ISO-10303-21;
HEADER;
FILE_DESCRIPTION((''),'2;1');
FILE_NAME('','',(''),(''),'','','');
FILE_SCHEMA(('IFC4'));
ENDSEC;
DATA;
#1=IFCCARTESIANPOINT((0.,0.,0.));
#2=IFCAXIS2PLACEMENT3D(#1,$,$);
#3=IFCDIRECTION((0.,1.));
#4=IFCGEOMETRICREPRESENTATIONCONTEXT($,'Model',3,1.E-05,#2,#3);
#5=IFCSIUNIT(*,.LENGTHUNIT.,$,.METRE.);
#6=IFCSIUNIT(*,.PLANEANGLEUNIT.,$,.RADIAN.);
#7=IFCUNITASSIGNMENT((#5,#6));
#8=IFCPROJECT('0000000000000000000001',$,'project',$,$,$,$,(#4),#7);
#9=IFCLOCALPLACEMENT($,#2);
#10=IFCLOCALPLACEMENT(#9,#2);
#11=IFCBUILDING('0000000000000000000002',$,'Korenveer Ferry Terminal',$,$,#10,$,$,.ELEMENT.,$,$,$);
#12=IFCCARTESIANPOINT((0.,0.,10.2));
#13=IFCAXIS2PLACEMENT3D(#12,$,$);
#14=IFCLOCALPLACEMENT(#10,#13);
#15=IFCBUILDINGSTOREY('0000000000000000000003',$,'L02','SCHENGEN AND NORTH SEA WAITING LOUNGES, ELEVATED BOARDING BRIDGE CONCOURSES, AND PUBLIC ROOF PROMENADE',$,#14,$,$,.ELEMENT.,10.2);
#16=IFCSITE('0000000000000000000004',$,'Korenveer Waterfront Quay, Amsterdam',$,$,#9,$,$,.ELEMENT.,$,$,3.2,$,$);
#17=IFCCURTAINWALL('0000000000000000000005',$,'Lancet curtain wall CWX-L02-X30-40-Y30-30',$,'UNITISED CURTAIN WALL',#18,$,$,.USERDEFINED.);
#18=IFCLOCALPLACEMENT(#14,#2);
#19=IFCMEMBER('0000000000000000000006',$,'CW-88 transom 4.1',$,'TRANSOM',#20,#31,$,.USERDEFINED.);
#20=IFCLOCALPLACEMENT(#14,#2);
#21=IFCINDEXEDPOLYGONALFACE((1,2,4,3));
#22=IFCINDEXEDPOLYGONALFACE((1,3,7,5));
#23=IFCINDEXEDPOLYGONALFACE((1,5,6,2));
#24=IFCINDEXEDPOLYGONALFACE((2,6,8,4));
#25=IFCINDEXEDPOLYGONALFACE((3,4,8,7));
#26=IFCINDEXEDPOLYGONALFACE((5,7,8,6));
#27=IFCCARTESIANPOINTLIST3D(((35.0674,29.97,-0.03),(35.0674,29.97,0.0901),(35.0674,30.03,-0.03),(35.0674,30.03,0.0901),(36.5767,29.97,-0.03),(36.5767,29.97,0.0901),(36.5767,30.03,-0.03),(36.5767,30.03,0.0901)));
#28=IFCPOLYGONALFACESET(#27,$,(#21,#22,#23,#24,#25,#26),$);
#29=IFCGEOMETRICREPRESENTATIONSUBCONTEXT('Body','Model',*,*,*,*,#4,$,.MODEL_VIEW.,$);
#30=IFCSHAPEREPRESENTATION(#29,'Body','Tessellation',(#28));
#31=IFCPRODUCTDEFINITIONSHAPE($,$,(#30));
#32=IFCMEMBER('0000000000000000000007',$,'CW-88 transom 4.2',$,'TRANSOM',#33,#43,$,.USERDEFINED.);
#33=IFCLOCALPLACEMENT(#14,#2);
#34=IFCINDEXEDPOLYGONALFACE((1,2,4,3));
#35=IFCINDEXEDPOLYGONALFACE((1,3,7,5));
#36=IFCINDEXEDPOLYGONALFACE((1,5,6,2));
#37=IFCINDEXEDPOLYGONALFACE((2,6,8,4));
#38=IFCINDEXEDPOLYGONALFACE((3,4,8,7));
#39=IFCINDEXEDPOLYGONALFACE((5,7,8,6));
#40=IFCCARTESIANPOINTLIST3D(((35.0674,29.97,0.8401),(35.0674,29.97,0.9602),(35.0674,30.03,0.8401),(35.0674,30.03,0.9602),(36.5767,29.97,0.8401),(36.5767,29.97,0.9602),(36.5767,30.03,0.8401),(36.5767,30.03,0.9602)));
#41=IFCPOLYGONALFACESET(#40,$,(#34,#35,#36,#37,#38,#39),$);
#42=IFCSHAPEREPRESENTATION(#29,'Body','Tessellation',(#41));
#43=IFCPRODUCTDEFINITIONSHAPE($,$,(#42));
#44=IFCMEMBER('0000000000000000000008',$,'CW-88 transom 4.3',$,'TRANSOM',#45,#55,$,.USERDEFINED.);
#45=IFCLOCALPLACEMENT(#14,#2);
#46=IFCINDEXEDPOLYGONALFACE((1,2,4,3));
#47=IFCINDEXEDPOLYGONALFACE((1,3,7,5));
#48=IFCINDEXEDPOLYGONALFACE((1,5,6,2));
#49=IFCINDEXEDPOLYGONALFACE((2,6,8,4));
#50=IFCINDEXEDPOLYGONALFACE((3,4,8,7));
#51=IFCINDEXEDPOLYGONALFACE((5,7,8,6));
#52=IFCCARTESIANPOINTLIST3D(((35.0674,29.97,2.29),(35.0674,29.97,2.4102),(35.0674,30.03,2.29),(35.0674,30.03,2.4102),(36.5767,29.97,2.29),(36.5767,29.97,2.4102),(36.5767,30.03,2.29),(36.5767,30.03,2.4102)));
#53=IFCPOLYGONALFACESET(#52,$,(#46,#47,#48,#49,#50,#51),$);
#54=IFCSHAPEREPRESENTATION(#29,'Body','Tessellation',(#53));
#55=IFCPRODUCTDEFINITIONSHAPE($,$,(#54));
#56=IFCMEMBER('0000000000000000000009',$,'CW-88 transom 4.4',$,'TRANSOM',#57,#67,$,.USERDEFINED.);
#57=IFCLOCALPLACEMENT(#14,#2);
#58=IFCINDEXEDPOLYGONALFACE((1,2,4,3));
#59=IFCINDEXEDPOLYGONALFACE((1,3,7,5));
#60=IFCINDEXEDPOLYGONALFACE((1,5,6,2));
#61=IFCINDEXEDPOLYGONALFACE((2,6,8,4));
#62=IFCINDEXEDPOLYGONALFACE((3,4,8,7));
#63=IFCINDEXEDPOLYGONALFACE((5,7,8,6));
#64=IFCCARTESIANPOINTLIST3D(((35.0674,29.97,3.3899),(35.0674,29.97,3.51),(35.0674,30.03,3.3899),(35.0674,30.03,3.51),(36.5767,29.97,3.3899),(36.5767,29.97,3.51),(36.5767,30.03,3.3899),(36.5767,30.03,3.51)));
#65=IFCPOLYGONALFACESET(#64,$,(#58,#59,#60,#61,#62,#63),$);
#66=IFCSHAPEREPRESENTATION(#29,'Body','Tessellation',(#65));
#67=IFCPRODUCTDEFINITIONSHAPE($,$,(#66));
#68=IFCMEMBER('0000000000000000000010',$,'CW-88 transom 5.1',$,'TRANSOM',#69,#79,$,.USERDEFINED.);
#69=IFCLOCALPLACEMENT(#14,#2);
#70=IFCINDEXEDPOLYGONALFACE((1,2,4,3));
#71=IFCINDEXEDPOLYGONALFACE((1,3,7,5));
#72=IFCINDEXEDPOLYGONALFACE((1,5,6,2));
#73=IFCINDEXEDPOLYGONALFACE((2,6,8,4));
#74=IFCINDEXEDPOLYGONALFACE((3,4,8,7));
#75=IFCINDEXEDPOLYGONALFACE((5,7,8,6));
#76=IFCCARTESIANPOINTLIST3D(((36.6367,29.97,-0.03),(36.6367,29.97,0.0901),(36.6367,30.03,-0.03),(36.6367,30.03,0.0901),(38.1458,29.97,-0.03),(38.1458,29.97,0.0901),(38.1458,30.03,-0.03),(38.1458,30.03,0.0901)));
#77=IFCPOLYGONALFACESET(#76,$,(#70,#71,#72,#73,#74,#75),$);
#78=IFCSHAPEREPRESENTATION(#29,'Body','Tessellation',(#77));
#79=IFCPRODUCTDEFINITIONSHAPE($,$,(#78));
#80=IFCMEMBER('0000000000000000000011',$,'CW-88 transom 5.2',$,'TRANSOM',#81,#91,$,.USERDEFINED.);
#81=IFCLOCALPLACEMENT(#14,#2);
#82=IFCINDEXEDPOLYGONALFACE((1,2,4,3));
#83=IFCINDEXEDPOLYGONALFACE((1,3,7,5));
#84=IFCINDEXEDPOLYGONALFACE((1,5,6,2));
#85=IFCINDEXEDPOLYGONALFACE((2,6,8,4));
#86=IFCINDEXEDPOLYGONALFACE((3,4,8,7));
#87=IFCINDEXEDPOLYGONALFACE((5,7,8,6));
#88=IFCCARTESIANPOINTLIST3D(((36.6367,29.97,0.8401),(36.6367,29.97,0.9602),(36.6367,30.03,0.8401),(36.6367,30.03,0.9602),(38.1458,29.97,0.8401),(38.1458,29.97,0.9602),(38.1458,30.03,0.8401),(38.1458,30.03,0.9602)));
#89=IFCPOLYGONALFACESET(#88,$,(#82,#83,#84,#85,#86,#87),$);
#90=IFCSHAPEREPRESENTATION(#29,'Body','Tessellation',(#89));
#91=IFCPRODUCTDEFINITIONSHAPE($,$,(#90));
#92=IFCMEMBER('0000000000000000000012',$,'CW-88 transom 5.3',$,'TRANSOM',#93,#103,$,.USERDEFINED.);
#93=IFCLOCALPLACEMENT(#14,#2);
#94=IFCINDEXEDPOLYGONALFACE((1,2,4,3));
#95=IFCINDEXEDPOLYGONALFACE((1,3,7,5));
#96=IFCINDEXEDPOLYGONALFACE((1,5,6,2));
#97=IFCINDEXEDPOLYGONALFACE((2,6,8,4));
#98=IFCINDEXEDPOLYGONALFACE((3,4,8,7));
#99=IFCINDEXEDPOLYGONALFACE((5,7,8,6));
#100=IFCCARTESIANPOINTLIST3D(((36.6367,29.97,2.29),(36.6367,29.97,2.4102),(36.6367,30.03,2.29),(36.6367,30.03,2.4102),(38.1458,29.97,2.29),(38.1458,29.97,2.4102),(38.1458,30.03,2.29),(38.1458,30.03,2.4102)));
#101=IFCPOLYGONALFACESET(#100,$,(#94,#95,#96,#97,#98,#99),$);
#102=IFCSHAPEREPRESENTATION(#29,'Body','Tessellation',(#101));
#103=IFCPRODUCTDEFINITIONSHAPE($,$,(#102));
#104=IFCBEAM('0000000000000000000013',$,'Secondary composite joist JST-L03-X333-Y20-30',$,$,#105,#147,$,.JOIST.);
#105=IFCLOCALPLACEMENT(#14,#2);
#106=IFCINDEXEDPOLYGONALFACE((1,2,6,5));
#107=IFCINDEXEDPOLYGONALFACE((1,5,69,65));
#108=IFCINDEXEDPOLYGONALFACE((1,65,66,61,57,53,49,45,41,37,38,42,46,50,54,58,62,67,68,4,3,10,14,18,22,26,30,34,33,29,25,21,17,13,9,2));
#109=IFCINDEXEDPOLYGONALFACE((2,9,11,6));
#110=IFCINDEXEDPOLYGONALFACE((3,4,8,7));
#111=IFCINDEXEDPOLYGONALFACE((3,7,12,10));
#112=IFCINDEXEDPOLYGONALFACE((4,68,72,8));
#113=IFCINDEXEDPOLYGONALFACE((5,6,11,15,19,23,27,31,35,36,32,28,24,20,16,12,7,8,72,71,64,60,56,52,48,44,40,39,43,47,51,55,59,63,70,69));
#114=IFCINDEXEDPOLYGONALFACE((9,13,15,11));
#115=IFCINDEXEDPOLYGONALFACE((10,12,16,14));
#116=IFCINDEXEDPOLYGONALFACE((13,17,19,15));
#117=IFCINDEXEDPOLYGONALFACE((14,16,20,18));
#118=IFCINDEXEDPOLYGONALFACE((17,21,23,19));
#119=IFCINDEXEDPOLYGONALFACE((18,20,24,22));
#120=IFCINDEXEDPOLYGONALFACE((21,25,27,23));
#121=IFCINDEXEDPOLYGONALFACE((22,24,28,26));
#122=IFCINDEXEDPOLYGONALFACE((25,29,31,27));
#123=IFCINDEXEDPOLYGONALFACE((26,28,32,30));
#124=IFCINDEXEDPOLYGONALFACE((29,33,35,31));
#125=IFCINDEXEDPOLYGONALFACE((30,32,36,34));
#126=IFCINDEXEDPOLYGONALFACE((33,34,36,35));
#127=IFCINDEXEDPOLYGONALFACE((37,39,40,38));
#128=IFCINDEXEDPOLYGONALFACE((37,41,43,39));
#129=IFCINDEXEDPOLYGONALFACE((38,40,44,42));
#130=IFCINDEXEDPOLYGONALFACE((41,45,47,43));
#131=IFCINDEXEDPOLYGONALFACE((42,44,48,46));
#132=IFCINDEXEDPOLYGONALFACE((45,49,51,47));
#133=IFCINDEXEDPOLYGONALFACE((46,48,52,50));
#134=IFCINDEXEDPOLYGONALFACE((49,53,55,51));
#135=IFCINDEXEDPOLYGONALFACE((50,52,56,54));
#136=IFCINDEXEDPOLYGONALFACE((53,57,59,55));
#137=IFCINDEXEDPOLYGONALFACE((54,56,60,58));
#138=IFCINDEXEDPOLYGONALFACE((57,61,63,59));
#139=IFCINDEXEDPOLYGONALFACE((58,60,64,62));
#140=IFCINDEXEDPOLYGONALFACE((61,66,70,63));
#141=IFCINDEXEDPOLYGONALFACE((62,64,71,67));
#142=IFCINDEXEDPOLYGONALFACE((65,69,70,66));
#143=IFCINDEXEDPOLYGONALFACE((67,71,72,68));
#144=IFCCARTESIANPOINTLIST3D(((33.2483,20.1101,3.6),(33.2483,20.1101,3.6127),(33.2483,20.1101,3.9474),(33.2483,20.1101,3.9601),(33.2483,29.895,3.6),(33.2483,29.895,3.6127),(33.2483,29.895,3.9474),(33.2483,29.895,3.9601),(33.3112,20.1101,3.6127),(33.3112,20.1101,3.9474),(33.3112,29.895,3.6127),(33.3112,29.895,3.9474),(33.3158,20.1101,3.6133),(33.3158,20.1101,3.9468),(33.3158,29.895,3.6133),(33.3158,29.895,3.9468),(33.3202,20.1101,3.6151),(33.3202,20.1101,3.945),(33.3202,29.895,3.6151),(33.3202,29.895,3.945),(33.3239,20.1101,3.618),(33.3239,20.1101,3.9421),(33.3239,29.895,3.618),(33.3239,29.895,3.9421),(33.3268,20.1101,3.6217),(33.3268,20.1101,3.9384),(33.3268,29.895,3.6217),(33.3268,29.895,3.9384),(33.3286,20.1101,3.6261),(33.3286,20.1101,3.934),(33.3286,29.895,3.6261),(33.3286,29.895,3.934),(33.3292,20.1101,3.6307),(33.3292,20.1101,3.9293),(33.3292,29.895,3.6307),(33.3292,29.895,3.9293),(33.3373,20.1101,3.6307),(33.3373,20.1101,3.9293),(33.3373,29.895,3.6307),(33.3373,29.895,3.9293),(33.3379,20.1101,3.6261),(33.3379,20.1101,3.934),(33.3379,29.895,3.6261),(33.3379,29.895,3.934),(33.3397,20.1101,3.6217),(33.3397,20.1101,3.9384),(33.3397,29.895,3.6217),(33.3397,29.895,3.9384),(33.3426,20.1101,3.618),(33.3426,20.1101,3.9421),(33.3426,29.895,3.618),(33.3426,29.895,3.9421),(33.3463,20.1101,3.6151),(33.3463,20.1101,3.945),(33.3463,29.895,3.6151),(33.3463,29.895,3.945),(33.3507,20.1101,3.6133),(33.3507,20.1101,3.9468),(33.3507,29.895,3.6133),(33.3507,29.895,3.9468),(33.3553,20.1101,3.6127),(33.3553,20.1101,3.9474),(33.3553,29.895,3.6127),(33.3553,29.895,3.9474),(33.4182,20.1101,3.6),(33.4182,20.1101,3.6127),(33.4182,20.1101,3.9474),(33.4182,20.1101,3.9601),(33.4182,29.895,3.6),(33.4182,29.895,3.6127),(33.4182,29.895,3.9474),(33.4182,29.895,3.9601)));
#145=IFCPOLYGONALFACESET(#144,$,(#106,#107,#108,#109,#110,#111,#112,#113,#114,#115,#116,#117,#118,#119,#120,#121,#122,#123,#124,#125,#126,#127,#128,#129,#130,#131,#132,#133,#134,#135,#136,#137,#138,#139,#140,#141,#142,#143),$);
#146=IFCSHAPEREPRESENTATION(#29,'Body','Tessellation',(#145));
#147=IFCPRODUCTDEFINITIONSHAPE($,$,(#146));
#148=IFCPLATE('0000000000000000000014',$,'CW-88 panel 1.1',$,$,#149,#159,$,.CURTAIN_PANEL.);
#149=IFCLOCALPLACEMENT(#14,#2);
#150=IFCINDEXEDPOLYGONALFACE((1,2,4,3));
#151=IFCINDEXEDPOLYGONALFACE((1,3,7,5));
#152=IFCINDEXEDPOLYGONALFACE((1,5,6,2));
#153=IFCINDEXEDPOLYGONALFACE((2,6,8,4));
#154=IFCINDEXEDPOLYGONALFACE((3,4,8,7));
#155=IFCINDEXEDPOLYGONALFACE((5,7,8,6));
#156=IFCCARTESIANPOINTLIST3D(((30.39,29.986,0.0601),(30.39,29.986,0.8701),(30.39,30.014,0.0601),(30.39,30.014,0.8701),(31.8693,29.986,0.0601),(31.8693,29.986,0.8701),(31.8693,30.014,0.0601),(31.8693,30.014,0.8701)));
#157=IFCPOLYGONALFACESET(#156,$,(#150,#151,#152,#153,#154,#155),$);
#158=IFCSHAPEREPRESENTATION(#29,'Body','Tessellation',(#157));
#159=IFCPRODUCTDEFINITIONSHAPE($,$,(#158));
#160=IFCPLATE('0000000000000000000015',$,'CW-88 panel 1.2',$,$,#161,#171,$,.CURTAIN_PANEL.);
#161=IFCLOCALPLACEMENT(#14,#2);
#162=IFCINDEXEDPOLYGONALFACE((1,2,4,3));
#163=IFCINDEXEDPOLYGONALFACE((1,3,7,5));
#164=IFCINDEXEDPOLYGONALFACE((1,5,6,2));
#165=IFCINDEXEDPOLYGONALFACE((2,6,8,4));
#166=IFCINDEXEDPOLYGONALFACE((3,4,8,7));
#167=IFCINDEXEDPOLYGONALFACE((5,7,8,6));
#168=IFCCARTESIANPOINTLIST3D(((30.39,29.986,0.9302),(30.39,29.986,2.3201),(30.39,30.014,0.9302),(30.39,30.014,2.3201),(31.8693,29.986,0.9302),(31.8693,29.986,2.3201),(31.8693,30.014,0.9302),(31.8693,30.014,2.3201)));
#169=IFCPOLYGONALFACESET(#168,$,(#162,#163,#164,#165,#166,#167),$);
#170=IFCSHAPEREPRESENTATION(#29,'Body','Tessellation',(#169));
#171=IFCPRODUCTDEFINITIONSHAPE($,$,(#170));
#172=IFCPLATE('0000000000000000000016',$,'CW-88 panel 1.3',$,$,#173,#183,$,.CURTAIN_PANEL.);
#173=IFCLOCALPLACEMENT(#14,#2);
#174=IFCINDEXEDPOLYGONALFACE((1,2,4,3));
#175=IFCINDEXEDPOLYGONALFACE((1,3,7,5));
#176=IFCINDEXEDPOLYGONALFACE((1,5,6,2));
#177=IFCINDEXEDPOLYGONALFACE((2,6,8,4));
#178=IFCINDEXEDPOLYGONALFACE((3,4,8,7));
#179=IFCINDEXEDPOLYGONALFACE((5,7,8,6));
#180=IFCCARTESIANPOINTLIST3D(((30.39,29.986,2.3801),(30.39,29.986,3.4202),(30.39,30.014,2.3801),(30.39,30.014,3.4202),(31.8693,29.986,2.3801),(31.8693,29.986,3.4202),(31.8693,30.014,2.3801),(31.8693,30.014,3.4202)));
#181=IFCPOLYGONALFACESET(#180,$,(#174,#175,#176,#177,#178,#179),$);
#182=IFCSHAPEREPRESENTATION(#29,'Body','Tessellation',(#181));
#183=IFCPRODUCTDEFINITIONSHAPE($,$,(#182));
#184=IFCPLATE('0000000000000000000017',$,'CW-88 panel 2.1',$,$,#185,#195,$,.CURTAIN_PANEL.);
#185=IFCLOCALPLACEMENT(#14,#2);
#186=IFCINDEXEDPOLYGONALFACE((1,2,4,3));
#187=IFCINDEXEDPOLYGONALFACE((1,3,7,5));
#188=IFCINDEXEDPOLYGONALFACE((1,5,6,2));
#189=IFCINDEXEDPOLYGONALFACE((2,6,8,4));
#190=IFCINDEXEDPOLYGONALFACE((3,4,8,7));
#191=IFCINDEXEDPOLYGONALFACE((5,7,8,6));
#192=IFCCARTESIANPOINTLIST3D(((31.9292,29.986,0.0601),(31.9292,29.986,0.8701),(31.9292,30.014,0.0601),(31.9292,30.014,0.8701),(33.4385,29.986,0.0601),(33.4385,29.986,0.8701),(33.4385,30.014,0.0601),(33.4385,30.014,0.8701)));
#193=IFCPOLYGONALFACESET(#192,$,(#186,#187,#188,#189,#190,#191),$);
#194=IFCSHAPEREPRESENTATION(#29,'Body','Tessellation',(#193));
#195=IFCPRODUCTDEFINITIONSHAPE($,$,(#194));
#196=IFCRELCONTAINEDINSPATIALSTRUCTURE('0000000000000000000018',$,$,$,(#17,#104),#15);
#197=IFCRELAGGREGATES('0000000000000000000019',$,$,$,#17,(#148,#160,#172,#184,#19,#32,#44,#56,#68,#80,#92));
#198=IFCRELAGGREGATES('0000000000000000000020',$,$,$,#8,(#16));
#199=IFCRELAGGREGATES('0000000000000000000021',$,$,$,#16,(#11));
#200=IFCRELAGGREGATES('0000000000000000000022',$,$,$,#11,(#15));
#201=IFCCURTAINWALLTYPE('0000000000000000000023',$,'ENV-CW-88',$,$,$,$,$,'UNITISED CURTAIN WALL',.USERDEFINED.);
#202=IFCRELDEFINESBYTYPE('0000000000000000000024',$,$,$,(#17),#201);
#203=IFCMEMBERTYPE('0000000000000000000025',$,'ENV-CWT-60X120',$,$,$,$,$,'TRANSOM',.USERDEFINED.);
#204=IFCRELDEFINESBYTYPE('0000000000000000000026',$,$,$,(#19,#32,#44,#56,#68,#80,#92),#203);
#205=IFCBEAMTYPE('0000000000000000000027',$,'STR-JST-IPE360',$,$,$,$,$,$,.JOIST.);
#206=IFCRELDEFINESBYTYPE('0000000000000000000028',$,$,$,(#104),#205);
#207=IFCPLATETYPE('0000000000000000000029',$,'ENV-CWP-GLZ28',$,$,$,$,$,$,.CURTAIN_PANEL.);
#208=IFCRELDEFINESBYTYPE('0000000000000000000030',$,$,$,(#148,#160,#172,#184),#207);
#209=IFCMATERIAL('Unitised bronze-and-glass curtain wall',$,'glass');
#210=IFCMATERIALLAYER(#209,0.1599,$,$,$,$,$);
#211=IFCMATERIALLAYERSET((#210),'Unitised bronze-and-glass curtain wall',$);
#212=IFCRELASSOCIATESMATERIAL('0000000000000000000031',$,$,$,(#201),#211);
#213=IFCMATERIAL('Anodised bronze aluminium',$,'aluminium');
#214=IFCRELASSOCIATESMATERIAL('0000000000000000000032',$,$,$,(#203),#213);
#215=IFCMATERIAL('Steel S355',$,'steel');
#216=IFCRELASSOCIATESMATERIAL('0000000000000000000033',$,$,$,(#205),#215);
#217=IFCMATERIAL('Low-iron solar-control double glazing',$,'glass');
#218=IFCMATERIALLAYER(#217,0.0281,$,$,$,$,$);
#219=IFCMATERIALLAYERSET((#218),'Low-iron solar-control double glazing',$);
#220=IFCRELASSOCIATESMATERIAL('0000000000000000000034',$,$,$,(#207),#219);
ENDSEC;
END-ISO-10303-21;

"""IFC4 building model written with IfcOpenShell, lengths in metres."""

from ifc_helpers import new_model, si_unit, direction, frame, origin, origin_2d, place, context, subcontext, project, spatial, rectangle, i_section, extrude, material, layer, layer_set, material_profile, profile_set, type_object, element, aggregate, save


model = new_model("IFC4")

# Units and contexts
model_context = context("Model", 3, precision=1e-05, world=origin(), true_north=direction((0.0, 1.0)))
body_context = subcontext(model_context, "Body", "Model", "MODEL_VIEW")
ifc_project = project(units=[si_unit("LENGTHUNIT", "METRE"), si_unit("PLANEANGLEUNIT", "RADIAN")], contexts=[model_context])

# Site, building, storey
site_placement = place(None, origin())
site = spatial("IfcSite", under=ifc_project, at=site_placement, Name="Korenveer Waterfront Quay, Amsterdam", CompositionType="ELEMENT", RefElevation=3.2)
building_placement = place(site_placement, origin())
building = spatial("IfcBuilding", under=site, at=building_placement, Name="Korenveer Ferry Terminal", CompositionType="ELEMENT")
storey_placement = place(building_placement, frame((0.0, 0.0, 10.2)))
storey = spatial("IfcBuildingStorey", under=building, at=storey_placement, Name="L02", Description="SCHENGEN AND NORTH SEA WAITING LOUNGES, ELEVATED BOARDING BRIDGE CONCOURSES, AND PUBLIC ROOF PROMENADE", CompositionType="ELEMENT", Elevation=10.2)

# Curtain wall, members
ifc_material_1 = material(Name="Unitised bronze-and-glass curtain wall", Category="glass")
ifc_layer_1 = layer(ifc_material_1, 0.1599)
ifc_layer_set_1 = layer_set([ifc_layer_1], Name="Unitised bronze-and-glass curtain wall")
curtain_wall_type = type_object("IfcCurtainWallType", Name="ENV-CW-88", ElementType="UNITISED CURTAIN WALL", PredefinedType="USERDEFINED", material=ifc_layer_set_1)
curtain_wall_placement = place(storey_placement, frame((30.3301, 30.0, 0.0)))
curtain_wall = element("IfcCurtainWall", 1, at=curtain_wall_placement, inside=storey, type_object=curtain_wall_type, Name="Lancet curtain wall CWX-L02-X30-40-Y30-30", ObjectType="UNITISED CURTAIN WALL", PredefinedType="USERDEFINED")
ifc_material_2 = material(Name="Anodised bronze aluminium", Category="aluminium")
ifc_material_profile_1 = material_profile(ifc_material_2, rectangle(XDim=0.0601, YDim=0.1201, at=origin_2d()), Name="ALU 60x120")
ifc_profile_set_1 = profile_set([ifc_material_profile_1], Name="Anodised bronze aluminium")
member_type_1 = type_object("IfcMemberType", Name="ENV-CWT-60X120", ElementType="TRANSOM", PredefinedType="USERDEFINED", material=ifc_profile_set_1)
member_1_placement = place(storey_placement, frame((35.0674, 30.0, 0.03), z_axis=(1.0, 0.0, 0.0), x_axis=(0.0, 1.0, 0.0)))
member_1 = element("IfcMember", 2, at=member_1_placement, type_object=member_type_1, Name="CW-88 transom 4.1", ObjectType="TRANSOM", PredefinedType="USERDEFINED", context=body_context, shape_type="SweptSolid", body=[
    extrude(rectangle(XDim=0.0601, YDim=0.1201, at=origin_2d()), origin(), (0.0, 0.0, 1.0), 1.5093),
])
member_2_placement = place(storey_placement, frame((35.0674, 30.0, 0.9001), z_axis=(1.0, 0.0, 0.0), x_axis=(0.0, 1.0, 0.0)))
member_2 = element("IfcMember", 3, at=member_2_placement, type_object=member_type_1, Name="CW-88 transom 4.2", ObjectType="TRANSOM", PredefinedType="USERDEFINED", context=body_context, shape_type="SweptSolid", body=[
    extrude(rectangle(XDim=0.0601, YDim=0.1201, at=origin_2d()), origin(), (0.0, 0.0, 1.0), 1.5093),
])
member_3_placement = place(storey_placement, frame((35.0674, 30.0, 2.3501), z_axis=(1.0, 0.0, 0.0), x_axis=(0.0, 1.0, 0.0)))
member_3 = element("IfcMember", 4, at=member_3_placement, type_object=member_type_1, Name="CW-88 transom 4.3", ObjectType="TRANSOM", PredefinedType="USERDEFINED", context=body_context, shape_type="SweptSolid", body=[
    extrude(rectangle(XDim=0.0601, YDim=0.1201, at=origin_2d()), origin(), (0.0, 0.0, 1.0), 1.5093),
])
member_4_placement = place(storey_placement, frame((35.0674, 30.0, 3.45), z_axis=(1.0, 0.0, 0.0), x_axis=(0.0, 1.0, 0.0)))
member_4 = element("IfcMember", 5, at=member_4_placement, type_object=member_type_1, Name="CW-88 transom 4.4", ObjectType="TRANSOM", PredefinedType="USERDEFINED", context=body_context, shape_type="SweptSolid", body=[
    extrude(rectangle(XDim=0.0601, YDim=0.1201, at=origin_2d()), origin(), (0.0, 0.0, 1.0), 1.5093),
])
member_5_placement = place(storey_placement, frame((36.6367, 30.0, 0.03), z_axis=(1.0, 0.0, 0.0), x_axis=(0.0, 1.0, 0.0)))
member_5 = element("IfcMember", 6, at=member_5_placement, type_object=member_type_1, Name="CW-88 transom 5.1", ObjectType="TRANSOM", PredefinedType="USERDEFINED", context=body_context, shape_type="SweptSolid", body=[
    extrude(rectangle(XDim=0.0601, YDim=0.1201, at=origin_2d()), origin(), (0.0, 0.0, 1.0), 1.509),
])
member_6_placement = place(storey_placement, frame((36.6367, 30.0, 0.9001), z_axis=(1.0, 0.0, 0.0), x_axis=(0.0, 1.0, 0.0)))
member_6 = element("IfcMember", 7, at=member_6_placement, type_object=member_type_1, Name="CW-88 transom 5.2", ObjectType="TRANSOM", PredefinedType="USERDEFINED", context=body_context, shape_type="SweptSolid", body=[
    extrude(rectangle(XDim=0.0601, YDim=0.1201, at=origin_2d()), origin(), (0.0, 0.0, 1.0), 1.509),
])
member_7_placement = place(storey_placement, frame((36.6367, 30.0, 2.3501), z_axis=(1.0, 0.0, 0.0), x_axis=(0.0, 1.0, 0.0)))
member_7 = element("IfcMember", 8, at=member_7_placement, type_object=member_type_1, Name="CW-88 transom 5.3", ObjectType="TRANSOM", PredefinedType="USERDEFINED", context=body_context, shape_type="SweptSolid", body=[
    extrude(rectangle(XDim=0.0601, YDim=0.1201, at=origin_2d()), origin(), (0.0, 0.0, 1.0), 1.509),
])

# Beam
ifc_material_3 = material(Name="Steel S355", Category="steel")
ifc_material_profile_2 = material_profile(ifc_material_3, i_section(OverallWidth=0.1699, OverallDepth=0.3601, WebThickness=0.0081, FlangeThickness=0.0127, FilletRadius=0.0181, at=origin_2d()), Name="IPE 360")
ifc_profile_set_2 = profile_set([ifc_material_profile_2], Name="Steel S355")
beam_type = type_object("IfcBeamType", Name="STR-JST-IPE360", PredefinedType="JOIST", material=ifc_profile_set_2)
beam_placement = place(storey_placement, frame((33.3333, 20.1101, 3.78), z_axis=(0.0, 1.0, 0.0), x_axis=(-1.0, 0.0, 0.0)))
element("IfcBeam", 9, at=beam_placement, inside=storey, type_object=beam_type, Name="Secondary composite joist JST-L03-X333-Y20-30", PredefinedType="JOIST", context=body_context, shape_type="SweptSolid", body=[
    extrude(i_section(OverallWidth=0.1699, OverallDepth=0.3601, WebThickness=0.0081, FlangeThickness=0.0127, FilletRadius=0.0181, at=origin_2d()), origin(), (0.0, 0.0, 1.0), 9.7849),
])

# Plates
ifc_material_4 = material(Name="Low-iron solar-control double glazing", Category="glass")
ifc_layer_2 = layer(ifc_material_4, 0.0281)
ifc_layer_set_2 = layer_set([ifc_layer_2], Name="Low-iron solar-control double glazing")
plate_type = type_object("IfcPlateType", Name="ENV-CWP-GLZ28", PredefinedType="CURTAIN_PANEL", material=ifc_layer_set_2)
plate_1_placement = place(storey_placement, frame((31.1296, 30.0, 0.0601), z_axis=(0.0, 0.0, 1.0), x_axis=(1.0, 0.0, 0.0)))
plate_1 = element("IfcPlate", 10, at=plate_1_placement, type_object=plate_type, Name="CW-88 panel 1.1", PredefinedType="CURTAIN_PANEL", context=body_context, shape_type="SweptSolid", body=[
    extrude(rectangle(XDim=1.4792, YDim=0.0281, at=origin_2d()), origin(), (0.0, 0.0, 1.0), 0.8101),
])
plate_2_placement = place(storey_placement, frame((31.1296, 30.0, 0.9302), z_axis=(0.0, 0.0, 1.0), x_axis=(1.0, 0.0, 0.0)))
plate_2 = element("IfcPlate", 11, at=plate_2_placement, type_object=plate_type, Name="CW-88 panel 1.2", PredefinedType="CURTAIN_PANEL", context=body_context, shape_type="SweptSolid", body=[
    extrude(rectangle(XDim=1.4792, YDim=0.0281, at=origin_2d()), origin(), (0.0, 0.0, 1.0), 1.3899),
])
plate_3_placement = place(storey_placement, frame((31.1296, 30.0, 2.3801), z_axis=(0.0, 0.0, 1.0), x_axis=(1.0, 0.0, 0.0)))
plate_3 = element("IfcPlate", 12, at=plate_3_placement, type_object=plate_type, Name="CW-88 panel 1.3", PredefinedType="CURTAIN_PANEL", context=body_context, shape_type="SweptSolid", body=[
    extrude(rectangle(XDim=1.4792, YDim=0.0281, at=origin_2d()), origin(), (0.0, 0.0, 1.0), 1.04),
])
plate_4_placement = place(storey_placement, frame((32.6838, 30.0, 0.0601), z_axis=(0.0, 0.0, 1.0), x_axis=(1.0, 0.0, 0.0)))
plate_4 = element("IfcPlate", 13, at=plate_4_placement, type_object=plate_type, Name="CW-88 panel 2.1", PredefinedType="CURTAIN_PANEL", context=body_context, shape_type="SweptSolid", body=[
    extrude(rectangle(XDim=1.5093, YDim=0.0281, at=origin_2d()), origin(), (0.0, 0.0, 1.0), 0.8101),
])
aggregate(curtain_wall, [plate_1, plate_2, plate_3, plate_4, member_1, member_2, member_3, member_4, member_5, member_6, member_7])

save(model, "model.ifc")
